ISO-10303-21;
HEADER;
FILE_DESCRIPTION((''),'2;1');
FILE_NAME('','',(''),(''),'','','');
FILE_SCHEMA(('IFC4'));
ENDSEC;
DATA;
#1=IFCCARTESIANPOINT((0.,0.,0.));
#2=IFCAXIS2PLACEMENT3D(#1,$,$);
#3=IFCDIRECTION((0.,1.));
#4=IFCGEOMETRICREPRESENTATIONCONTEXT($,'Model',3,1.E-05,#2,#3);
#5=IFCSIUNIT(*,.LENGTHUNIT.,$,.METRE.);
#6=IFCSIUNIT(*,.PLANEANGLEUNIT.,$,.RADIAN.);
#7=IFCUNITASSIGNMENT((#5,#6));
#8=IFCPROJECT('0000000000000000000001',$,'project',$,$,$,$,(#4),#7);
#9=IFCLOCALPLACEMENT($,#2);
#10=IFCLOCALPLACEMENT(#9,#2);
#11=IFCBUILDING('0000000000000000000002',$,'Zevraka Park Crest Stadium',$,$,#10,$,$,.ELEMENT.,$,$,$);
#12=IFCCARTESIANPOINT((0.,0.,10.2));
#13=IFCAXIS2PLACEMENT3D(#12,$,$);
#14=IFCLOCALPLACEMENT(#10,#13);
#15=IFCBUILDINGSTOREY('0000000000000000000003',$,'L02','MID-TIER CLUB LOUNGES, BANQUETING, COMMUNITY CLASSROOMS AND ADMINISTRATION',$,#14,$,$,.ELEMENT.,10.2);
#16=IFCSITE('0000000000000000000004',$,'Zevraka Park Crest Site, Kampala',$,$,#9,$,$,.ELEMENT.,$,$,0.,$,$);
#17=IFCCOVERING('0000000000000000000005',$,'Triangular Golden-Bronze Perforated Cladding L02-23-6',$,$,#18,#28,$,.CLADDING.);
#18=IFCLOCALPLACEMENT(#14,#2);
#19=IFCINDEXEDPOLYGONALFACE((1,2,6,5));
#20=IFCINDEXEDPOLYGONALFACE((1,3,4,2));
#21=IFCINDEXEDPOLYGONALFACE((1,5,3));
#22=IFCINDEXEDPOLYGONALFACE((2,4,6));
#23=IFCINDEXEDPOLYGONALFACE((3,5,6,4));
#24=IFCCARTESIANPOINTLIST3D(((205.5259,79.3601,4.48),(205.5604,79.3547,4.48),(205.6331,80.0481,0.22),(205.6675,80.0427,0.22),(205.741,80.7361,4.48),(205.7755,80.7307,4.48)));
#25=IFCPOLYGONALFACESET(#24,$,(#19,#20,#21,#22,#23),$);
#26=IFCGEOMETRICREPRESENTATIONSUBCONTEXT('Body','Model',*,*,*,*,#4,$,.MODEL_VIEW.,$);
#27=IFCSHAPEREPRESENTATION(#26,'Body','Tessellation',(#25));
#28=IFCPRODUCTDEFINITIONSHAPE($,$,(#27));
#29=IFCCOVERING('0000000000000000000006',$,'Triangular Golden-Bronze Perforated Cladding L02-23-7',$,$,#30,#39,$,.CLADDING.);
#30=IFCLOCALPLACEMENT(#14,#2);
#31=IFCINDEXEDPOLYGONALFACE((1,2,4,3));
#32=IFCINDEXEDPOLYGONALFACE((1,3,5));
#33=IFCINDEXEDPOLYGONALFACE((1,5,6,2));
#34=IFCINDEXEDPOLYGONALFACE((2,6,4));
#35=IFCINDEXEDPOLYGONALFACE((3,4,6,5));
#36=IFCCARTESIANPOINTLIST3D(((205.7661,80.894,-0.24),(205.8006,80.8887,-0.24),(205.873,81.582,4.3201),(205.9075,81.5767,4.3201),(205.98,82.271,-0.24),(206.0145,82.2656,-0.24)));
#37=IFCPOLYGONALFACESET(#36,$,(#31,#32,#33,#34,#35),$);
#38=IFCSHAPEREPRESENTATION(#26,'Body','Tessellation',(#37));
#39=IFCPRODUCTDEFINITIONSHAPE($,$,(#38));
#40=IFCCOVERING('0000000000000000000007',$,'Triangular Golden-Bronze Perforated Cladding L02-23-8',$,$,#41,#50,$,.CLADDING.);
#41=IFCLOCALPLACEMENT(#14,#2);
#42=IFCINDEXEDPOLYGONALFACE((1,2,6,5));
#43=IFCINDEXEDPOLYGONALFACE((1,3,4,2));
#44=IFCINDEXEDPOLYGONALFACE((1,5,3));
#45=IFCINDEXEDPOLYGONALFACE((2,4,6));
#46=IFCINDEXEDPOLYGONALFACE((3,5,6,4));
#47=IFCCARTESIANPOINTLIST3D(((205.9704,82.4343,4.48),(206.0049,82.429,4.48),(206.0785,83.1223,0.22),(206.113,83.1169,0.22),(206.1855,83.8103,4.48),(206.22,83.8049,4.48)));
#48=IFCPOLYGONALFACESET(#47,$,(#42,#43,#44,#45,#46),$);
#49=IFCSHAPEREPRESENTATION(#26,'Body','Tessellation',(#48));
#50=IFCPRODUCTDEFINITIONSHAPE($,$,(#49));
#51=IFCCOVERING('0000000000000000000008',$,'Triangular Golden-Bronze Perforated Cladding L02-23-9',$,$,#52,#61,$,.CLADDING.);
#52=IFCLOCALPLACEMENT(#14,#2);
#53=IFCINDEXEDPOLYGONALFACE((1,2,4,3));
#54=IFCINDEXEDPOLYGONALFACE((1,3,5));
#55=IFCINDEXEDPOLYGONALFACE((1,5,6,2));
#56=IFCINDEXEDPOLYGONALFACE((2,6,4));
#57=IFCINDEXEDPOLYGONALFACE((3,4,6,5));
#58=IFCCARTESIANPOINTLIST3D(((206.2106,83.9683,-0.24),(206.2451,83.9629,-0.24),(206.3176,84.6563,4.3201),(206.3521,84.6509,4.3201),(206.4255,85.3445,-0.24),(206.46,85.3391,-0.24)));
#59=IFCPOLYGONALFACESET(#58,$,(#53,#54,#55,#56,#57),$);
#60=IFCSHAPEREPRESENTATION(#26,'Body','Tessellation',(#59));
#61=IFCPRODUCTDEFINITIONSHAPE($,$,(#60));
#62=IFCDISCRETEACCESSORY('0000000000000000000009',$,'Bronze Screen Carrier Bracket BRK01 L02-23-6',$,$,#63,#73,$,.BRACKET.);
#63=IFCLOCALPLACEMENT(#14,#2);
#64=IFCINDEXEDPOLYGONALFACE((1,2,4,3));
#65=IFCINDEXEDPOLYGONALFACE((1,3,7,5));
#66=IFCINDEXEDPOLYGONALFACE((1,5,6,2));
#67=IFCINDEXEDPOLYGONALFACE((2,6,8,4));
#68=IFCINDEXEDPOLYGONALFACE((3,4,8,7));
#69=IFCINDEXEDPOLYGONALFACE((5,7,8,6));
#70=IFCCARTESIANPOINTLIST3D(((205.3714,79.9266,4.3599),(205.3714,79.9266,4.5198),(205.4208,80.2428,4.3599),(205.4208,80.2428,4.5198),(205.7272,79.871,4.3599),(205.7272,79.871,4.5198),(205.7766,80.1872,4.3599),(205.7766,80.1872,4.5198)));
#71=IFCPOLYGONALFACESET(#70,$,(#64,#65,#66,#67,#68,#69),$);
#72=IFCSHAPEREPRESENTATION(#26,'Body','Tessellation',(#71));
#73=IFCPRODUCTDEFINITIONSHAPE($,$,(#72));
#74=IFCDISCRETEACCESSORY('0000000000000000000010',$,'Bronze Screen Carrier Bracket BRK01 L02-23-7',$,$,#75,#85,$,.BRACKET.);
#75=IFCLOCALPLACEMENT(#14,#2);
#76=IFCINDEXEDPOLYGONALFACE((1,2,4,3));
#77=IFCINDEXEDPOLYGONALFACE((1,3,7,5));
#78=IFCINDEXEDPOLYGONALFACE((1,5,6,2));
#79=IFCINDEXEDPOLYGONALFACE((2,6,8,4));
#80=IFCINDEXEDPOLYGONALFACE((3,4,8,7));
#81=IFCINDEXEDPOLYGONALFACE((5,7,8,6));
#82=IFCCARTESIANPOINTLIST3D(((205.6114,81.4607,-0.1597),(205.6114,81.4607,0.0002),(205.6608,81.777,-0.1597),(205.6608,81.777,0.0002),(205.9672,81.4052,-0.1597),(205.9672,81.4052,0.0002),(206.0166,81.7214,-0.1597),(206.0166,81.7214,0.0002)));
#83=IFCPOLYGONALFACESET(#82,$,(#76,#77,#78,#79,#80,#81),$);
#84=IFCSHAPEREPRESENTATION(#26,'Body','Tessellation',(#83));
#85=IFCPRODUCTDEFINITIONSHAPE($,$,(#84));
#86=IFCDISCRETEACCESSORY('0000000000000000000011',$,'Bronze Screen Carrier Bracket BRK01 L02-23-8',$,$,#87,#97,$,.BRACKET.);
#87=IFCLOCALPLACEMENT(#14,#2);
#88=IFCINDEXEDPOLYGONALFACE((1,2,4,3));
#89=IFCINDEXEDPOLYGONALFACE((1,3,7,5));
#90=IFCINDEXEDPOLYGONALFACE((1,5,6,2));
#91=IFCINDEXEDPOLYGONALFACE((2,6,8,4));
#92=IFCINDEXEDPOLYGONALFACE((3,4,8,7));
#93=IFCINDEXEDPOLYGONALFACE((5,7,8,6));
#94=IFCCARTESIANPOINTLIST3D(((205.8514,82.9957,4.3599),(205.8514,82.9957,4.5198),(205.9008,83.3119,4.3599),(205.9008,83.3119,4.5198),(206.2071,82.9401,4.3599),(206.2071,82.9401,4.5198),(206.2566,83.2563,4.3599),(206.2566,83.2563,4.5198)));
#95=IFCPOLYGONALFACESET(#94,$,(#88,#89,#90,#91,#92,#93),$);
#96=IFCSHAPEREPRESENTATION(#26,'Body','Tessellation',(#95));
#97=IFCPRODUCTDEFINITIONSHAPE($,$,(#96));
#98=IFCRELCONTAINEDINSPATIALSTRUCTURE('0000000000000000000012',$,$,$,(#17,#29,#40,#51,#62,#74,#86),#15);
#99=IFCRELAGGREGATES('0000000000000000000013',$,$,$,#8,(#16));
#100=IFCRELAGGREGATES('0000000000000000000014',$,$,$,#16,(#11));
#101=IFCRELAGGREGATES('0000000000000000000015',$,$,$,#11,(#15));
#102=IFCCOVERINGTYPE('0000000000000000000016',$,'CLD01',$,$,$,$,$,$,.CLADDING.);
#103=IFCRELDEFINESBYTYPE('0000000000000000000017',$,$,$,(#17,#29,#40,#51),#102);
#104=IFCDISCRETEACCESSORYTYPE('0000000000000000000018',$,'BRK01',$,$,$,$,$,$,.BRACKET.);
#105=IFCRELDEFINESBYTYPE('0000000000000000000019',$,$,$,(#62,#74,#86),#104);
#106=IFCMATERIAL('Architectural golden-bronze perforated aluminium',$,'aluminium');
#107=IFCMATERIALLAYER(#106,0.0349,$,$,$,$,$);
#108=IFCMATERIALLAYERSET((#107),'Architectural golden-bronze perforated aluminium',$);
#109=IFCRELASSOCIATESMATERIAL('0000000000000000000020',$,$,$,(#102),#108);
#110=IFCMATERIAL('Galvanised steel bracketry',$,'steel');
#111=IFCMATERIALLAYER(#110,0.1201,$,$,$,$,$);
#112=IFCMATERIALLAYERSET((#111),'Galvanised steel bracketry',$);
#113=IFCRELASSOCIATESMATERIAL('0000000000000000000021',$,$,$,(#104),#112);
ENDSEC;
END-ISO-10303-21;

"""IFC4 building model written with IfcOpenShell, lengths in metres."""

from ifc_helpers import new_model, si_unit, direction, frame, origin, origin_2d, place, context, subcontext, project, spatial, polyline, rectangle, outline, extrude, material, layer, layer_set, type_object, element, save


model = new_model("IFC4")

# Units and contexts
model_context = context("Model", 3, precision=1e-05, world=origin(), true_north=direction((0.0, 1.0)))
body_context = subcontext(model_context, "Body", "Model", "MODEL_VIEW")
ifc_project = project(units=[si_unit("LENGTHUNIT", "METRE"), si_unit("PLANEANGLEUNIT", "RADIAN")], contexts=[model_context])

# Site, building, storey
site_placement = place(None, origin())
site = spatial("IfcSite", under=ifc_project, at=site_placement, Name="Zevraka Park Crest Site, Kampala", CompositionType="ELEMENT", RefElevation=0.0)
building_placement = place(site_placement, origin())
building = spatial("IfcBuilding", under=site, at=building_placement, Name="Zevraka Park Crest Stadium", CompositionType="ELEMENT")
storey_placement = place(building_placement, frame((0.0, 0.0, 10.2)))
storey = spatial("IfcBuildingStorey", under=building, at=storey_placement, Name="L02", Description="MID-TIER CLUB LOUNGES, BANQUETING, COMMUNITY CLASSROOMS AND ADMINISTRATION", CompositionType="ELEMENT", Elevation=10.2)

# Coverings
ifc_material_1 = material(Name="Architectural golden-bronze perforated aluminium", Category="aluminium")
ifc_layer_1 = layer(ifc_material_1, 0.0349)
ifc_layer_set_1 = layer_set([ifc_layer_1], Name="Architectural golden-bronze perforated aluminium")
covering_type = type_object("IfcCoveringType", Name="CLD01", PredefinedType="CLADDING", material=ifc_layer_set_1)
covering_1_placement = place(storey_placement, frame((205.741, 80.7361, 4.48), z_axis=(-0.988002, 0.154441, 0.000085), x_axis=(-0.154441, -0.988002, 0.0)))
element("IfcCovering", 1, at=covering_1_placement, inside=storey, type_object=covering_type, Name="Triangular Golden-Bronze Perforated Cladding L02-23-6", PredefinedType="CLADDING", context=body_context, shape_type="SweptSolid", body=[
    extrude(outline(polyline([(0.0, 0.0), (1.3927, 0.0), (0.6964, -4.26), (0.0, 0.0)])), origin(), (0.0, 0.0, -1.0), 0.0349),
])
covering_2_placement = place(storey_placement, frame((205.7661, 80.894, -0.24), z_axis=(-0.988152, 0.153479, 0.000016), x_axis=(0.153479, 0.988152, 0.0)))
element("IfcCovering", 2, at=covering_2_placement, inside=storey, type_object=covering_type, Name="Triangular Golden-Bronze Perforated Cladding L02-23-7", PredefinedType="CLADDING", context=body_context, shape_type="SweptSolid", body=[
    extrude(outline(polyline([(0.0, 0.0), (1.3935, 0.0), (0.6962, -4.5601), (0.0, 0.0)])), origin(), (0.0, 0.0, -1.0), 0.0349),
])
covering_3_placement = place(storey_placement, frame((206.22, 83.8049, 4.48), z_axis=(0.988002, -0.154441, 0.000142), x_axis=(-0.154441, -0.988002, 0.0)))
element("IfcCovering", 3, at=covering_3_placement, inside=storey, type_object=covering_type, Name="Triangular Golden-Bronze Perforated Cladding L02-23-8", PredefinedType="CLADDING", context=body_context, shape_type="SweptSolid", body=[
    extrude(outline(polyline([(0.0, 0.0), (1.3927, 0.0), (0.6962, 4.26), (0.0, 0.0)])), origin(), (0.0, 0.0, -1.0), 0.0349),
])
covering_4_placement = place(storey_placement, frame((206.2451, 83.9629, -0.24), z_axis=(0.988033, -0.154243, 0.000102), x_axis=(0.154243, 0.988033, 0.0)))
element("IfcCovering", 4, at=covering_4_placement, inside=storey, type_object=covering_type, Name="Triangular Golden-Bronze Perforated Cladding L02-23-9", PredefinedType="CLADDING", context=body_context, shape_type="SweptSolid", body=[
    extrude(outline(polyline([(0.0, 0.0), (1.3929, 0.0), (0.6962, 4.5601), (0.0, 0.0)])), origin(), (0.0, 0.0, -1.0), 0.0349),
])

# Discrete accessories
ifc_material_2 = material(Name="Galvanised steel bracketry", Category="steel")
ifc_layer_2 = layer(ifc_material_2, 0.1201)
ifc_layer_set_2 = layer_set([ifc_layer_2], Name="Galvanised steel bracketry")
discrete_accessory_type = type_object("IfcDiscreteAccessoryType", Name="BRK01", PredefinedType="BRACKET", material=ifc_layer_set_2)
for number, where, z_axis, x_axis, name in (
    (5, (205.574, 80.0569, 4.3599), (0.0, 0.0, 1.0), (0.154366, 0.988014, 0.0), "Bronze Screen Carrier Bracket BRK01 L02-23-6"),
    (6, (205.814, 81.5911, -0.1597), (0.0, 0.0, 1.0), (0.154366, 0.988014, 0.0), "Bronze Screen Carrier Bracket BRK01 L02-23-7"),
    (7, (206.054, 83.126, 4.3599), (0.0, 0.0, 1.0), (0.154366, 0.988014, 0.0), "Bronze Screen Carrier Bracket BRK01 L02-23-8"),
):
    element("IfcDiscreteAccessory", number, at=place(storey_placement, frame(where, z_axis=z_axis, x_axis=x_axis)), inside=storey, type_object=discrete_accessory_type, Name=name, PredefinedType="BRACKET", context=body_context, shape_type="SweptSolid", body=[
        extrude(rectangle(XDim=0.3201, YDim=0.3601, at=origin_2d()), origin(), (0.0, 0.0, 1.0), 0.1599),
    ])

save(model, "model.ifc")
